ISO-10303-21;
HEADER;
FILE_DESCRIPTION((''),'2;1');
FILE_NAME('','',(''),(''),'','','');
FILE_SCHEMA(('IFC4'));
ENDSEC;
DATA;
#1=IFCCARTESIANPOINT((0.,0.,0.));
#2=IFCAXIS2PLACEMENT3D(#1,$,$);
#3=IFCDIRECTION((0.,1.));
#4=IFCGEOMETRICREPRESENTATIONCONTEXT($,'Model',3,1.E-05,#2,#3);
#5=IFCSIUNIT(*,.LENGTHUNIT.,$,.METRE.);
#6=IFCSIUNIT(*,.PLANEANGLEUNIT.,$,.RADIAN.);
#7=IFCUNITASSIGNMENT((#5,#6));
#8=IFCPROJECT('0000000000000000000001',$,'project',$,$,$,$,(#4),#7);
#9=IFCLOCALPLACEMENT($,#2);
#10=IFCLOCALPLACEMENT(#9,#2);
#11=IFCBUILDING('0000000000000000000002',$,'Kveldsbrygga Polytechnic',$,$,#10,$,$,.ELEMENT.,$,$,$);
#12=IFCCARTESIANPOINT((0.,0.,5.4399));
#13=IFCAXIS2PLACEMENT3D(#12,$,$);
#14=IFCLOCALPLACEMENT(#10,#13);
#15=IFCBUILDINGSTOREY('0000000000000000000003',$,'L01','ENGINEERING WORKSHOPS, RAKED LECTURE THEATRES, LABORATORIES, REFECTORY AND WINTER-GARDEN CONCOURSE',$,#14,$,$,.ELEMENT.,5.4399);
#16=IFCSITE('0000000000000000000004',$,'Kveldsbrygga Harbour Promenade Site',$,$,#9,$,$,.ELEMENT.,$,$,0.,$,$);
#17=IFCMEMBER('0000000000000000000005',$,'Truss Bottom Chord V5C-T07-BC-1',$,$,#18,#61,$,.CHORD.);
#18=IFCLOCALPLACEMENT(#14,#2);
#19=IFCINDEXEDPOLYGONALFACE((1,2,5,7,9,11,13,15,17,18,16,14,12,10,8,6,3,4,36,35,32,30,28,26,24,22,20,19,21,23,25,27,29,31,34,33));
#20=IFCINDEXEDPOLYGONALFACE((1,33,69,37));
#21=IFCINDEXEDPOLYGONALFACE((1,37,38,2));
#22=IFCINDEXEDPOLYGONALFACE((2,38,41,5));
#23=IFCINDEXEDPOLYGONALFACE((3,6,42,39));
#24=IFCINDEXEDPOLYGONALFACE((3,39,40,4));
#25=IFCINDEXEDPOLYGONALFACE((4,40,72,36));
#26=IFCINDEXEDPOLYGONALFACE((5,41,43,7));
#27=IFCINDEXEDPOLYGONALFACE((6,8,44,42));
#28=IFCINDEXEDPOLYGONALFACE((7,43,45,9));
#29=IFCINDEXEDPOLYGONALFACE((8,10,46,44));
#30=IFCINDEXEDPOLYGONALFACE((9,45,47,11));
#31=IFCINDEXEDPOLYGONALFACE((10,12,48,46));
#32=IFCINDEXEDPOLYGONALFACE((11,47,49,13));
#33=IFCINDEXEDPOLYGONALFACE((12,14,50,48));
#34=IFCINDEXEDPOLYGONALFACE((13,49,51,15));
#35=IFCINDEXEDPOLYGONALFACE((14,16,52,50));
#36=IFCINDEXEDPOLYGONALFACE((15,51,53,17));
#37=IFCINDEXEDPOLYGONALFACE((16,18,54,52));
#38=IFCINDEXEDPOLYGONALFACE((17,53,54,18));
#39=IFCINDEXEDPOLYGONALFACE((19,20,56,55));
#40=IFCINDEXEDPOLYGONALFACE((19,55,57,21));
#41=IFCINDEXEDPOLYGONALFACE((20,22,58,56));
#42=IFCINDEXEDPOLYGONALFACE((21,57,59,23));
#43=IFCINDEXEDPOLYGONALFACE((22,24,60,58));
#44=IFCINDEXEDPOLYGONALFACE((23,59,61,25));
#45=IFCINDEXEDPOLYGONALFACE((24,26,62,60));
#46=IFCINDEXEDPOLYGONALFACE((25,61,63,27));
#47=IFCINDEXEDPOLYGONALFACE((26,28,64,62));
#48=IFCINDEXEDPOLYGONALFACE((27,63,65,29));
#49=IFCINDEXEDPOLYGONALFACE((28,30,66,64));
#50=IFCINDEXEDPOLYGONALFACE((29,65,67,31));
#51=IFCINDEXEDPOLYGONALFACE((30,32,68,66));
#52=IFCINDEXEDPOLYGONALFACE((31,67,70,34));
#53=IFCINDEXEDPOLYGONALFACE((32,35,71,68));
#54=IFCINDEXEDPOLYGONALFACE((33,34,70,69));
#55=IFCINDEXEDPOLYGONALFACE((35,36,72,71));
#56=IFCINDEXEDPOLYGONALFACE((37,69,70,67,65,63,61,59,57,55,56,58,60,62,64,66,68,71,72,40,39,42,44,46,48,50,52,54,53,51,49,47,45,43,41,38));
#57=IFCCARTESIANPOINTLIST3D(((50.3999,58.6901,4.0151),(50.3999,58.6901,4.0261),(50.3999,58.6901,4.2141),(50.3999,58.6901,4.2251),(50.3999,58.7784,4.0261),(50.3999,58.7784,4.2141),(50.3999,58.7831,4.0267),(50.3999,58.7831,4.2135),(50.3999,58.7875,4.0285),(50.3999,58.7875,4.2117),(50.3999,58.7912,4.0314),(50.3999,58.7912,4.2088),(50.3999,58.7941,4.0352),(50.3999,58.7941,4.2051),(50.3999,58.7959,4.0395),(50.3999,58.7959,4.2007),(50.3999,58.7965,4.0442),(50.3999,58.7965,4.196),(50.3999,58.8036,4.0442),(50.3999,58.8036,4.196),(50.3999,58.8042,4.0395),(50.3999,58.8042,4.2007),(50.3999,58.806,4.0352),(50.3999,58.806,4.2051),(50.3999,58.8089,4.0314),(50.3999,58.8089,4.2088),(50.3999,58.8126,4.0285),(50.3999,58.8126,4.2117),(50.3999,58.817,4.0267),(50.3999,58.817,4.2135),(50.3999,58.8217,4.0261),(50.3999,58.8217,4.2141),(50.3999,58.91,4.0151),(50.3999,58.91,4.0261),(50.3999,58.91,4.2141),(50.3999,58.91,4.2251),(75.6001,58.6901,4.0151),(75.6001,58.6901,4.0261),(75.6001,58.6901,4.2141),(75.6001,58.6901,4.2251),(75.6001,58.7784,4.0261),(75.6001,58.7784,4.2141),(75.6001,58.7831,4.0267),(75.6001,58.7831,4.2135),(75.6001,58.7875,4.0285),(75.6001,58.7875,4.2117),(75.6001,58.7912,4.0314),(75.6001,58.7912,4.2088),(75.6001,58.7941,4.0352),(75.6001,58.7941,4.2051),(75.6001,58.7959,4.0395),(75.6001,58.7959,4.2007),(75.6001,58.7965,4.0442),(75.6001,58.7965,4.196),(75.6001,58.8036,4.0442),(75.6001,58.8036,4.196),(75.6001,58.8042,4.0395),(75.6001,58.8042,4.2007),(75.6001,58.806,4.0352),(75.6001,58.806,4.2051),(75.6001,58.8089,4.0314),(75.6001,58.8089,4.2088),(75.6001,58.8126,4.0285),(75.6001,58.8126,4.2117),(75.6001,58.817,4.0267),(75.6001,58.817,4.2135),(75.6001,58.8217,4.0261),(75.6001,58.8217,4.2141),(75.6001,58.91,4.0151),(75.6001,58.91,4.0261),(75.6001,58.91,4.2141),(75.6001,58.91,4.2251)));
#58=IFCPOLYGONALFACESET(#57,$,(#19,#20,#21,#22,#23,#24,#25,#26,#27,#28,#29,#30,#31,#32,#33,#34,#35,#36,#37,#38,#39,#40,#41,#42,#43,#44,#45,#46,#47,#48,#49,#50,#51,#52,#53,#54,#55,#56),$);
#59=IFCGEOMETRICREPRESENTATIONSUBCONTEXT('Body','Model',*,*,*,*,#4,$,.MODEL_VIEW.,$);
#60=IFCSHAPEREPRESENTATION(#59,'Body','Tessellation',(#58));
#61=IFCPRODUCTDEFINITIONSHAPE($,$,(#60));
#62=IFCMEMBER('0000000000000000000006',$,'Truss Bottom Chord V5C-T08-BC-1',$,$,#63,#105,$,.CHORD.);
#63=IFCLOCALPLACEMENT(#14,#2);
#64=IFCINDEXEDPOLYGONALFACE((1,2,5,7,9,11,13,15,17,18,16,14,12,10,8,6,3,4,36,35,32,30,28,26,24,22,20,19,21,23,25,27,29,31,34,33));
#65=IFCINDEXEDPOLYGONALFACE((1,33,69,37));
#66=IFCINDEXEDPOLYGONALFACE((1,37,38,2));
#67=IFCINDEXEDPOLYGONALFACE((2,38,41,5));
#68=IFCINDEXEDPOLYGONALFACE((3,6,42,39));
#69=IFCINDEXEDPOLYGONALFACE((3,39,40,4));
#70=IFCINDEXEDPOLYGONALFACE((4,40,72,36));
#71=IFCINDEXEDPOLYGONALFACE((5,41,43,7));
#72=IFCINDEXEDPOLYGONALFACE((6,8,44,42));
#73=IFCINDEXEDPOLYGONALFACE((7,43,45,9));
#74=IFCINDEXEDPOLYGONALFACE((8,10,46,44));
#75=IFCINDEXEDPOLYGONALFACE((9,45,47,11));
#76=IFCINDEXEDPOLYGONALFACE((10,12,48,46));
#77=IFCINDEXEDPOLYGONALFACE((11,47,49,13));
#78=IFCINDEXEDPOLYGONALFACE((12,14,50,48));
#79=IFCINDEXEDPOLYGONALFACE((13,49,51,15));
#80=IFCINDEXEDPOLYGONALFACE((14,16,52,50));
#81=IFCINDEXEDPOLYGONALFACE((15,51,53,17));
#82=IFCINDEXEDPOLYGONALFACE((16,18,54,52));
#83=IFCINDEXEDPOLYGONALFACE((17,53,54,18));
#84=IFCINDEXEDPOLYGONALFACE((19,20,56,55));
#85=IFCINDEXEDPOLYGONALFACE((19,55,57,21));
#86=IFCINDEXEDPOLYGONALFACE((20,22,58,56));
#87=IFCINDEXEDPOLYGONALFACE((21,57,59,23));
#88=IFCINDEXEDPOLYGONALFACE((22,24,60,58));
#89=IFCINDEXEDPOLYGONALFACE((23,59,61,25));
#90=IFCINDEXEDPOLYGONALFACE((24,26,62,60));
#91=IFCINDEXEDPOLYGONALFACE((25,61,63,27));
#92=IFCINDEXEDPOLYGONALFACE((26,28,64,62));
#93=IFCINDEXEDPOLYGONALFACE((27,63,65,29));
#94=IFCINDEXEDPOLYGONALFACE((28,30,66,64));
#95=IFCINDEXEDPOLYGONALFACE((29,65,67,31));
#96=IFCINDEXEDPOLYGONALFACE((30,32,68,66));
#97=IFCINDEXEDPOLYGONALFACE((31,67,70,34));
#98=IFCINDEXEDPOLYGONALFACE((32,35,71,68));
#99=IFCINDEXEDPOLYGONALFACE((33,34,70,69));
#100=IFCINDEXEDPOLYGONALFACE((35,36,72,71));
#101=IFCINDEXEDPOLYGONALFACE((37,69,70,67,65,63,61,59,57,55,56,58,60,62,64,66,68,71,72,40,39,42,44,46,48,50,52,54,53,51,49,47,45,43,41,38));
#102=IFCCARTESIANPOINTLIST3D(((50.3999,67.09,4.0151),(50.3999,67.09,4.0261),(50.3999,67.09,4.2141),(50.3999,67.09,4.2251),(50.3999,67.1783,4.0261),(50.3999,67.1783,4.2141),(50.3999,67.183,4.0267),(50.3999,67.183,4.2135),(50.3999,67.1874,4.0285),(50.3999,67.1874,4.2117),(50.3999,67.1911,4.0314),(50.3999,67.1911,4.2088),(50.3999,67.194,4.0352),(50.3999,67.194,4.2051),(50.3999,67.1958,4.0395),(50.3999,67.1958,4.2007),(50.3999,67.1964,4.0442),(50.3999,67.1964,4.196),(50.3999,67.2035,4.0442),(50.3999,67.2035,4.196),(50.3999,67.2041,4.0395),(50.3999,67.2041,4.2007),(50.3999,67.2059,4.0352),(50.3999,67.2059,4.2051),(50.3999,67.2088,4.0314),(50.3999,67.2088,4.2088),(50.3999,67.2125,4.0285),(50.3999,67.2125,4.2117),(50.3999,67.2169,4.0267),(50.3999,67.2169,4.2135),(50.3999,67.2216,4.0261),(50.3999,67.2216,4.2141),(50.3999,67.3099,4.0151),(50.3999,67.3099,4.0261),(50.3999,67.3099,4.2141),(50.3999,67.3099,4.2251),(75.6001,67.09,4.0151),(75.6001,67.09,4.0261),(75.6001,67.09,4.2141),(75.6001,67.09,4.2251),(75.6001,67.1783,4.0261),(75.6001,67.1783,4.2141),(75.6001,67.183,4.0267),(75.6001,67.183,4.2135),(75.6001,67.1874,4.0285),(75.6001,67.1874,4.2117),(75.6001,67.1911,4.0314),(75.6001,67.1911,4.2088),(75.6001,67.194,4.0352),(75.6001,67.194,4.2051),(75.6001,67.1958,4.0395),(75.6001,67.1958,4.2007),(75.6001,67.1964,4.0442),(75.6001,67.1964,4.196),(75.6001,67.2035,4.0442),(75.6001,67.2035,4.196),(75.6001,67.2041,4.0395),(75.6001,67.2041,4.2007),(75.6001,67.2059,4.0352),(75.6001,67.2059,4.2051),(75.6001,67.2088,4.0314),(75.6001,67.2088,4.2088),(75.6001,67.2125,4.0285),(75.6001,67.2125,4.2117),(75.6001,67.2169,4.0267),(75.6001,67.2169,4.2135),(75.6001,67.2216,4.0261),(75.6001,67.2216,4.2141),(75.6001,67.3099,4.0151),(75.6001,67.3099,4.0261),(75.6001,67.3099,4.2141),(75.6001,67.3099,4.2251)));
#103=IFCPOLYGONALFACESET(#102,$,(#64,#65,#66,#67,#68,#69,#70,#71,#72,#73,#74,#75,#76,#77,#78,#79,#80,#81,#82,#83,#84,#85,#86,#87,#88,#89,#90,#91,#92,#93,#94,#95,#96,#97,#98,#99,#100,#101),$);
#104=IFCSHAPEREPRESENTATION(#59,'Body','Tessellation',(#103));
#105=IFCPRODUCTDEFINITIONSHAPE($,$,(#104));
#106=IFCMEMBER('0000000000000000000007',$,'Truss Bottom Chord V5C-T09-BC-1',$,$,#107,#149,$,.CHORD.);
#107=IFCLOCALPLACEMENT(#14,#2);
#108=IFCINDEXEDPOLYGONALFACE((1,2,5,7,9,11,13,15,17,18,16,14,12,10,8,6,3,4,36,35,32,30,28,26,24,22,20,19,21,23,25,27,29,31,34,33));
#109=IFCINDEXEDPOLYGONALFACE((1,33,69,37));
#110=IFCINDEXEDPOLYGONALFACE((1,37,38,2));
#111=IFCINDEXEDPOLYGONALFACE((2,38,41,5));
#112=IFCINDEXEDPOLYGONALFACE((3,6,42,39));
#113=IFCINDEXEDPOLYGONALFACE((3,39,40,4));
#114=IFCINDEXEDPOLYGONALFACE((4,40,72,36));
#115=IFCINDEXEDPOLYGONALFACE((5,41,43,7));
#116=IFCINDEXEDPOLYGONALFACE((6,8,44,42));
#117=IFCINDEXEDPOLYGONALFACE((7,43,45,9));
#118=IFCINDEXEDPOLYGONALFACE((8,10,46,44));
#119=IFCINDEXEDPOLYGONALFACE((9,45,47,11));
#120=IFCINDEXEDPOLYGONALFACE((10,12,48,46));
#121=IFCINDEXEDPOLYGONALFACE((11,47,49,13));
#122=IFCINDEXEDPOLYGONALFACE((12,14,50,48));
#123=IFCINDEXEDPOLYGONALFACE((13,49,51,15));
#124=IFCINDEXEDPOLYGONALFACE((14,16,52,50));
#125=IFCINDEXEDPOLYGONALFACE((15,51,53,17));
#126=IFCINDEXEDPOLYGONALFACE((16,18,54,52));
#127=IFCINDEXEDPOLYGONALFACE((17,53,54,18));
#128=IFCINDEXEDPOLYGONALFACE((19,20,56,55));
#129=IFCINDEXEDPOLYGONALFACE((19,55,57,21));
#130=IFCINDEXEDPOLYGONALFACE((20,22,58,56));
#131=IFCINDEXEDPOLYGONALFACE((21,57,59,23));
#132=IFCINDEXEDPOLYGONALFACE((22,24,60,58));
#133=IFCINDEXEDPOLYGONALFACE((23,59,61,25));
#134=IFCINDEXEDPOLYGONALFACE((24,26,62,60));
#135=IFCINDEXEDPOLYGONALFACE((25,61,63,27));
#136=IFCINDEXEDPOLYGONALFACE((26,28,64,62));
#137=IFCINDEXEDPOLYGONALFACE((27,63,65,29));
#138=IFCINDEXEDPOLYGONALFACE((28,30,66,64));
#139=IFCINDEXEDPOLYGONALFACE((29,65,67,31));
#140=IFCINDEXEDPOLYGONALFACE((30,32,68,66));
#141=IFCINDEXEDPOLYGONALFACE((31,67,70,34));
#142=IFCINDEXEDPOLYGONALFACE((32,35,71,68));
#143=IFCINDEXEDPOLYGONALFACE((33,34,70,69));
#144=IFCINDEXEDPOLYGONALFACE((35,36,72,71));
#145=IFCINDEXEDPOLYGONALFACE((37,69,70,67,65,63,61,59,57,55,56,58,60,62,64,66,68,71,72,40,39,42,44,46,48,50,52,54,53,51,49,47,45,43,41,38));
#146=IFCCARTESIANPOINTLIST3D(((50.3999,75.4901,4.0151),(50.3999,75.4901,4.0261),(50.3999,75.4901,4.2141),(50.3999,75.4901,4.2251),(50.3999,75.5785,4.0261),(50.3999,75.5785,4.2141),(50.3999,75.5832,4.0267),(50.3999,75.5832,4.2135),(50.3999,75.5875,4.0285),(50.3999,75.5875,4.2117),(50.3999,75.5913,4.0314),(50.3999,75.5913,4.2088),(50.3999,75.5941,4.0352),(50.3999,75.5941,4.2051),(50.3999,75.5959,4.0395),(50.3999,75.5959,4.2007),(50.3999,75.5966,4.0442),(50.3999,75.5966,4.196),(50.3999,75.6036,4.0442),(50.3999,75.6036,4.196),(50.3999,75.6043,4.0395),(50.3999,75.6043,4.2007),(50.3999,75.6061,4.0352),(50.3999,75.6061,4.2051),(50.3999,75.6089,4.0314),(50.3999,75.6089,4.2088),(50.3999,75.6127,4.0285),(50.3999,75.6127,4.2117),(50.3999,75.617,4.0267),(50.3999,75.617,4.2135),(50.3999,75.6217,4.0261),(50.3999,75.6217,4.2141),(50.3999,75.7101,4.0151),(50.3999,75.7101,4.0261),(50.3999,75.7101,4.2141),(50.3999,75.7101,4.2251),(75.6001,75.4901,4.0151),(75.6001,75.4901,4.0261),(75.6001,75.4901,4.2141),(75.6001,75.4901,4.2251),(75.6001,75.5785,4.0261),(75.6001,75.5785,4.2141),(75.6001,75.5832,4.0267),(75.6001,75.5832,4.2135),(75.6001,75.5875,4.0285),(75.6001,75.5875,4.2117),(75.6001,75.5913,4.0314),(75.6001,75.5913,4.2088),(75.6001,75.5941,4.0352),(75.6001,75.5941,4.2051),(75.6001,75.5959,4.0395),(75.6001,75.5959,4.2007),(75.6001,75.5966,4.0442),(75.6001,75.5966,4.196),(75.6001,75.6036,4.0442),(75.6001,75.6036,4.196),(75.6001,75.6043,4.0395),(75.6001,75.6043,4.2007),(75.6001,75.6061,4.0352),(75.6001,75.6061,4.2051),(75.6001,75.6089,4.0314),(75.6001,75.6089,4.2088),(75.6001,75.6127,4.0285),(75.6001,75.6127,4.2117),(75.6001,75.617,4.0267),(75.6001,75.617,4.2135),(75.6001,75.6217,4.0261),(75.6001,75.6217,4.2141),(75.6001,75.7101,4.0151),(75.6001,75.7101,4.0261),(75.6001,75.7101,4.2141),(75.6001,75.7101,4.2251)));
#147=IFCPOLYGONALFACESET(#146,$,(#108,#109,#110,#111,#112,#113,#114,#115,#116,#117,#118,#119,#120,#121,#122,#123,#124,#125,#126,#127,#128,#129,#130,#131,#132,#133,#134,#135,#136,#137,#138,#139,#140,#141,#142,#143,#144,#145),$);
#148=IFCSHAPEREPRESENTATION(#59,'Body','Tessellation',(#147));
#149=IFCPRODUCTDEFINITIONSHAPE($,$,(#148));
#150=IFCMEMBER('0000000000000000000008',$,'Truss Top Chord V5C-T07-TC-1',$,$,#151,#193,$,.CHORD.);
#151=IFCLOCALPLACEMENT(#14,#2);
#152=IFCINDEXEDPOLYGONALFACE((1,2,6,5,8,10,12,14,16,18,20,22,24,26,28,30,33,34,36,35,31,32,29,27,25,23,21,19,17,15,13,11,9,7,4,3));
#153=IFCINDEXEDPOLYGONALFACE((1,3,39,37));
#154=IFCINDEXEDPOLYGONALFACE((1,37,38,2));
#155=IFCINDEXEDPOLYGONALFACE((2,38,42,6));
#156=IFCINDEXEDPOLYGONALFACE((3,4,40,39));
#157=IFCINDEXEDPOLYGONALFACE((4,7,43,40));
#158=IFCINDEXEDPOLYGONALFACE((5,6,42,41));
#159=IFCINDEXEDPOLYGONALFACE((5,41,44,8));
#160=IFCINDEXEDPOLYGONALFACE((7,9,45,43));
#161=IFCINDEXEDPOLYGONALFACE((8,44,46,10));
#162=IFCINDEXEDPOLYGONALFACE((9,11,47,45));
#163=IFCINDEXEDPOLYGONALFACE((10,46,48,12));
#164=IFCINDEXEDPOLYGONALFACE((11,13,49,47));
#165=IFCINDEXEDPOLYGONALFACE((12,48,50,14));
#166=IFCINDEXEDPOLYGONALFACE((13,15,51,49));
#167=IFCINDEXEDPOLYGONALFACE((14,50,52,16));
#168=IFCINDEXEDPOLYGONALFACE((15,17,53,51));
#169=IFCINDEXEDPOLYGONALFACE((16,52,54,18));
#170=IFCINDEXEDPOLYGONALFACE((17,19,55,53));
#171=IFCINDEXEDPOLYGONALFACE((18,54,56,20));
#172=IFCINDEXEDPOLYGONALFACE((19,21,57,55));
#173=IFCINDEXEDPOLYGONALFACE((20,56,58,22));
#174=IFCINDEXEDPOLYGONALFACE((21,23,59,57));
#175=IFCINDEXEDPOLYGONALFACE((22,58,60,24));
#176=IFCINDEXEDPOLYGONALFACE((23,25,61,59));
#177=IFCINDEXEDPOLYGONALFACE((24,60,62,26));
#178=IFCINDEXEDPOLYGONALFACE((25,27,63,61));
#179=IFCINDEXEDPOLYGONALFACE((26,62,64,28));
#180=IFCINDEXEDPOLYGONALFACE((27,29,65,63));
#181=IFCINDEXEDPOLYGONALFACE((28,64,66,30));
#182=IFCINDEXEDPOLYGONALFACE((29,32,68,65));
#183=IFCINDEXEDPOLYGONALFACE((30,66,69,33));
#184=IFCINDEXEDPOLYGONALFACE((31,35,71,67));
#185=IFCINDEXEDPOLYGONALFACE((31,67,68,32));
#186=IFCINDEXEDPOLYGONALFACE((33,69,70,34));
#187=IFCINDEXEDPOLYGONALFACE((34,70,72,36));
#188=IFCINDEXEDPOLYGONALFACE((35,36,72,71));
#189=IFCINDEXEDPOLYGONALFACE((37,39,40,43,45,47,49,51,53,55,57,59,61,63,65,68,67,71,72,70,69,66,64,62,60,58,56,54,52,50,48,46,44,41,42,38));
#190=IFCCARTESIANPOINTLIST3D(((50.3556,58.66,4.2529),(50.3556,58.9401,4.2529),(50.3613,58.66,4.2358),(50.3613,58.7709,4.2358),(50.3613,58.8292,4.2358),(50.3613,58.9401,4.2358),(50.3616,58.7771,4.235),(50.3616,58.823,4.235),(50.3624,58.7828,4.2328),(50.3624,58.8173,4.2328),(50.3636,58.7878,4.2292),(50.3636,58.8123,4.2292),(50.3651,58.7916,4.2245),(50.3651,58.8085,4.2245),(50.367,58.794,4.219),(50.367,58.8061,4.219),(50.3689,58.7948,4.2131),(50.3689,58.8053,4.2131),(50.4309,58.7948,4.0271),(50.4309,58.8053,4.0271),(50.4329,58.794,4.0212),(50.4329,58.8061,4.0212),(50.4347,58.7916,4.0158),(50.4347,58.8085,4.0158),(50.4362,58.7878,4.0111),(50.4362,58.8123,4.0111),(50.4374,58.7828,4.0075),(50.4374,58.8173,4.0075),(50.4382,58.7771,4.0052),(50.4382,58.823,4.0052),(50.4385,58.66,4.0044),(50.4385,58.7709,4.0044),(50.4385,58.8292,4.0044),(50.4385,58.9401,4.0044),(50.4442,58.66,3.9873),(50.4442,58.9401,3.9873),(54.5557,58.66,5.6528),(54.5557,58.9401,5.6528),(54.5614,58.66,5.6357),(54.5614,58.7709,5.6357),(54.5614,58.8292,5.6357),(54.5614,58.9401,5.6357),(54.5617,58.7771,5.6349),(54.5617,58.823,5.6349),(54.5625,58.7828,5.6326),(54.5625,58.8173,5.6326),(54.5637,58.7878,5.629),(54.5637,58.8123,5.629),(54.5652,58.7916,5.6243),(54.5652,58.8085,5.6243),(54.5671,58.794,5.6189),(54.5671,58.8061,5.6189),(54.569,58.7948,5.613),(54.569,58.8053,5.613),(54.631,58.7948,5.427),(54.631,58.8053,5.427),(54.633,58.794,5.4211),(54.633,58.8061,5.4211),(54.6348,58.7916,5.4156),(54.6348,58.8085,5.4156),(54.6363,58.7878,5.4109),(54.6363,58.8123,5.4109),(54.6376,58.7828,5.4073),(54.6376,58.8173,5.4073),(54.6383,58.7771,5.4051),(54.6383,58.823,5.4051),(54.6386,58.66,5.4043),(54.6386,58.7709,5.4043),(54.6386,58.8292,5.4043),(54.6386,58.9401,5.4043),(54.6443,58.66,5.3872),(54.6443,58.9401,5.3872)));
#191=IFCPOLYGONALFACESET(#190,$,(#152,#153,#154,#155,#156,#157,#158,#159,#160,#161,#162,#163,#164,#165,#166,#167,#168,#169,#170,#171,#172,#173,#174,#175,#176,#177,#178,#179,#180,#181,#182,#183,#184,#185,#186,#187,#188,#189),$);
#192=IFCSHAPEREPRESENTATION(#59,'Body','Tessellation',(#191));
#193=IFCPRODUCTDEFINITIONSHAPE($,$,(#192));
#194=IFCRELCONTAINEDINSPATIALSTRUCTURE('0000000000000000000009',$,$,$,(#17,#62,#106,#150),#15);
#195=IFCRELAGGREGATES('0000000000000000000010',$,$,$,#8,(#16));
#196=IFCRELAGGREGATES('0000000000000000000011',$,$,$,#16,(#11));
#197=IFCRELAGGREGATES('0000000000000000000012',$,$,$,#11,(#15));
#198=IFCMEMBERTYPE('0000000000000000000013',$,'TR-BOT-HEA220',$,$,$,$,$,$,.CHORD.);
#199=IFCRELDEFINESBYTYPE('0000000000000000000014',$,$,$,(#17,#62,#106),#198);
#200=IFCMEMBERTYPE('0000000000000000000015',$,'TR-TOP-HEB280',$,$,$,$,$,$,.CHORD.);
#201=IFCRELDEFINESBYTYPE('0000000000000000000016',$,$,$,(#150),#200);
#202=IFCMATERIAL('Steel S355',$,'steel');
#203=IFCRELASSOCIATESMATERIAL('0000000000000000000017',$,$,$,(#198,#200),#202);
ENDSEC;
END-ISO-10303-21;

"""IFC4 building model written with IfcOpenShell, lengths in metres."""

from ifc_helpers import new_model, si_unit, direction, frame, origin, origin_2d, place, context, subcontext, project, spatial, i_section, extrude, material, material_profile, profile_set, type_object, element, save


model = new_model("IFC4")

# Units and contexts
model_context = context("Model", 3, precision=1e-05, world=origin(), true_north=direction((0.0, 1.0)))
body_context = subcontext(model_context, "Body", "Model", "MODEL_VIEW")
ifc_project = project(units=[si_unit("LENGTHUNIT", "METRE"), si_unit("PLANEANGLEUNIT", "RADIAN")], contexts=[model_context])

# Site, building, storey
site_placement = place(None, origin())
site = spatial("IfcSite", under=ifc_project, at=site_placement, Name="Kveldsbrygga Harbour Promenade Site", CompositionType="ELEMENT", RefElevation=0.0)
building_placement = place(site_placement, origin())
building = spatial("IfcBuilding", under=site, at=building_placement, Name="Kveldsbrygga Polytechnic", CompositionType="ELEMENT")
storey_placement = place(building_placement, frame((0.0, 0.0, 5.4399)))
storey = spatial("IfcBuildingStorey", under=building, at=storey_placement, Name="L01", Description="ENGINEERING WORKSHOPS, RAKED LECTURE THEATRES, LABORATORIES, REFECTORY AND WINTER-GARDEN CONCOURSE", CompositionType="ELEMENT", Elevation=5.4399)

# Shared definitions
ifc_material_1 = material(Name="Steel S355", Category="steel")

# Members
ifc_material_profile_1 = material_profile(ifc_material_1, i_section(OverallWidth=0.22, OverallDepth=0.21, WebThickness=0.0071, FlangeThickness=0.011, FilletRadius=0.0181, at=origin_2d()), Name="HEA 220")
ifc_profile_set_1 = profile_set([ifc_material_profile_1], Name="Steel S355")
member_type_1 = type_object("IfcMemberType", Name="TR-BOT-HEA220", PredefinedType="CHORD", material=ifc_profile_set_1)
for number, where, z_axis, x_axis, name in (
    (1, (50.3999, 58.8, 4.1201), (1.0, 0.0, 0.0), (0.0, 1.0, 0.0), "Truss Bottom Chord V5C-T07-BC-1"),
    (2, (50.3999, 67.2, 4.1201), (1.0, 0.0, 0.0), (0.0, 1.0, 0.0), "Truss Bottom Chord V5C-T08-BC-1"),
    (3, (50.3999, 75.6001, 4.1201), (1.0, 0.0, 0.0), (0.0, 1.0, 0.0), "Truss Bottom Chord V5C-T09-BC-1"),
):
    element("IfcMember", number, at=place(storey_placement, frame(where, z_axis=z_axis, x_axis=x_axis)), inside=storey, type_object=member_type_1, Name=name, PredefinedType="CHORD", context=body_context, shape_type="SweptSolid", body=[
        extrude(i_section(OverallWidth=0.22, OverallDepth=0.21, WebThickness=0.0071, FlangeThickness=0.011, FilletRadius=0.0181, at=origin_2d()), origin(), (0.0, 0.0, 1.0), 25.2002),
    ])
ifc_material_profile_2 = material_profile(ifc_material_1, i_section(OverallWidth=0.28, OverallDepth=0.28, WebThickness=0.0105, FlangeThickness=0.0181, FilletRadius=0.0239, at=origin_2d()), Name="HEB 280")
ifc_profile_set_2 = profile_set([ifc_material_profile_2], Name="Steel S355")
member_type_2 = type_object("IfcMemberType", Name="TR-TOP-HEB280", PredefinedType="CHORD", material=ifc_profile_set_2)
for number, where, z_axis, x_axis, name in (
    (4, (50.3999, 58.8, 4.1201), (0.948694, 0.0, 0.316195), (0.0, 1.0, 0.0), "Truss Top Chord V5C-T07-TC-1"),
):
    element("IfcMember", number, at=place(storey_placement, frame(where, z_axis=z_axis, x_axis=x_axis)), inside=storey, type_object=member_type_2, Name=name, PredefinedType="CHORD", context=body_context, shape_type="SweptSolid", body=[
        extrude(i_section(OverallWidth=0.28, OverallDepth=0.28, WebThickness=0.0105, FlangeThickness=0.0181, FilletRadius=0.0239, at=origin_2d()), origin(), (0.0, 0.0, 1.0), 4.4272),
    ])

save(model, "model.ifc")
